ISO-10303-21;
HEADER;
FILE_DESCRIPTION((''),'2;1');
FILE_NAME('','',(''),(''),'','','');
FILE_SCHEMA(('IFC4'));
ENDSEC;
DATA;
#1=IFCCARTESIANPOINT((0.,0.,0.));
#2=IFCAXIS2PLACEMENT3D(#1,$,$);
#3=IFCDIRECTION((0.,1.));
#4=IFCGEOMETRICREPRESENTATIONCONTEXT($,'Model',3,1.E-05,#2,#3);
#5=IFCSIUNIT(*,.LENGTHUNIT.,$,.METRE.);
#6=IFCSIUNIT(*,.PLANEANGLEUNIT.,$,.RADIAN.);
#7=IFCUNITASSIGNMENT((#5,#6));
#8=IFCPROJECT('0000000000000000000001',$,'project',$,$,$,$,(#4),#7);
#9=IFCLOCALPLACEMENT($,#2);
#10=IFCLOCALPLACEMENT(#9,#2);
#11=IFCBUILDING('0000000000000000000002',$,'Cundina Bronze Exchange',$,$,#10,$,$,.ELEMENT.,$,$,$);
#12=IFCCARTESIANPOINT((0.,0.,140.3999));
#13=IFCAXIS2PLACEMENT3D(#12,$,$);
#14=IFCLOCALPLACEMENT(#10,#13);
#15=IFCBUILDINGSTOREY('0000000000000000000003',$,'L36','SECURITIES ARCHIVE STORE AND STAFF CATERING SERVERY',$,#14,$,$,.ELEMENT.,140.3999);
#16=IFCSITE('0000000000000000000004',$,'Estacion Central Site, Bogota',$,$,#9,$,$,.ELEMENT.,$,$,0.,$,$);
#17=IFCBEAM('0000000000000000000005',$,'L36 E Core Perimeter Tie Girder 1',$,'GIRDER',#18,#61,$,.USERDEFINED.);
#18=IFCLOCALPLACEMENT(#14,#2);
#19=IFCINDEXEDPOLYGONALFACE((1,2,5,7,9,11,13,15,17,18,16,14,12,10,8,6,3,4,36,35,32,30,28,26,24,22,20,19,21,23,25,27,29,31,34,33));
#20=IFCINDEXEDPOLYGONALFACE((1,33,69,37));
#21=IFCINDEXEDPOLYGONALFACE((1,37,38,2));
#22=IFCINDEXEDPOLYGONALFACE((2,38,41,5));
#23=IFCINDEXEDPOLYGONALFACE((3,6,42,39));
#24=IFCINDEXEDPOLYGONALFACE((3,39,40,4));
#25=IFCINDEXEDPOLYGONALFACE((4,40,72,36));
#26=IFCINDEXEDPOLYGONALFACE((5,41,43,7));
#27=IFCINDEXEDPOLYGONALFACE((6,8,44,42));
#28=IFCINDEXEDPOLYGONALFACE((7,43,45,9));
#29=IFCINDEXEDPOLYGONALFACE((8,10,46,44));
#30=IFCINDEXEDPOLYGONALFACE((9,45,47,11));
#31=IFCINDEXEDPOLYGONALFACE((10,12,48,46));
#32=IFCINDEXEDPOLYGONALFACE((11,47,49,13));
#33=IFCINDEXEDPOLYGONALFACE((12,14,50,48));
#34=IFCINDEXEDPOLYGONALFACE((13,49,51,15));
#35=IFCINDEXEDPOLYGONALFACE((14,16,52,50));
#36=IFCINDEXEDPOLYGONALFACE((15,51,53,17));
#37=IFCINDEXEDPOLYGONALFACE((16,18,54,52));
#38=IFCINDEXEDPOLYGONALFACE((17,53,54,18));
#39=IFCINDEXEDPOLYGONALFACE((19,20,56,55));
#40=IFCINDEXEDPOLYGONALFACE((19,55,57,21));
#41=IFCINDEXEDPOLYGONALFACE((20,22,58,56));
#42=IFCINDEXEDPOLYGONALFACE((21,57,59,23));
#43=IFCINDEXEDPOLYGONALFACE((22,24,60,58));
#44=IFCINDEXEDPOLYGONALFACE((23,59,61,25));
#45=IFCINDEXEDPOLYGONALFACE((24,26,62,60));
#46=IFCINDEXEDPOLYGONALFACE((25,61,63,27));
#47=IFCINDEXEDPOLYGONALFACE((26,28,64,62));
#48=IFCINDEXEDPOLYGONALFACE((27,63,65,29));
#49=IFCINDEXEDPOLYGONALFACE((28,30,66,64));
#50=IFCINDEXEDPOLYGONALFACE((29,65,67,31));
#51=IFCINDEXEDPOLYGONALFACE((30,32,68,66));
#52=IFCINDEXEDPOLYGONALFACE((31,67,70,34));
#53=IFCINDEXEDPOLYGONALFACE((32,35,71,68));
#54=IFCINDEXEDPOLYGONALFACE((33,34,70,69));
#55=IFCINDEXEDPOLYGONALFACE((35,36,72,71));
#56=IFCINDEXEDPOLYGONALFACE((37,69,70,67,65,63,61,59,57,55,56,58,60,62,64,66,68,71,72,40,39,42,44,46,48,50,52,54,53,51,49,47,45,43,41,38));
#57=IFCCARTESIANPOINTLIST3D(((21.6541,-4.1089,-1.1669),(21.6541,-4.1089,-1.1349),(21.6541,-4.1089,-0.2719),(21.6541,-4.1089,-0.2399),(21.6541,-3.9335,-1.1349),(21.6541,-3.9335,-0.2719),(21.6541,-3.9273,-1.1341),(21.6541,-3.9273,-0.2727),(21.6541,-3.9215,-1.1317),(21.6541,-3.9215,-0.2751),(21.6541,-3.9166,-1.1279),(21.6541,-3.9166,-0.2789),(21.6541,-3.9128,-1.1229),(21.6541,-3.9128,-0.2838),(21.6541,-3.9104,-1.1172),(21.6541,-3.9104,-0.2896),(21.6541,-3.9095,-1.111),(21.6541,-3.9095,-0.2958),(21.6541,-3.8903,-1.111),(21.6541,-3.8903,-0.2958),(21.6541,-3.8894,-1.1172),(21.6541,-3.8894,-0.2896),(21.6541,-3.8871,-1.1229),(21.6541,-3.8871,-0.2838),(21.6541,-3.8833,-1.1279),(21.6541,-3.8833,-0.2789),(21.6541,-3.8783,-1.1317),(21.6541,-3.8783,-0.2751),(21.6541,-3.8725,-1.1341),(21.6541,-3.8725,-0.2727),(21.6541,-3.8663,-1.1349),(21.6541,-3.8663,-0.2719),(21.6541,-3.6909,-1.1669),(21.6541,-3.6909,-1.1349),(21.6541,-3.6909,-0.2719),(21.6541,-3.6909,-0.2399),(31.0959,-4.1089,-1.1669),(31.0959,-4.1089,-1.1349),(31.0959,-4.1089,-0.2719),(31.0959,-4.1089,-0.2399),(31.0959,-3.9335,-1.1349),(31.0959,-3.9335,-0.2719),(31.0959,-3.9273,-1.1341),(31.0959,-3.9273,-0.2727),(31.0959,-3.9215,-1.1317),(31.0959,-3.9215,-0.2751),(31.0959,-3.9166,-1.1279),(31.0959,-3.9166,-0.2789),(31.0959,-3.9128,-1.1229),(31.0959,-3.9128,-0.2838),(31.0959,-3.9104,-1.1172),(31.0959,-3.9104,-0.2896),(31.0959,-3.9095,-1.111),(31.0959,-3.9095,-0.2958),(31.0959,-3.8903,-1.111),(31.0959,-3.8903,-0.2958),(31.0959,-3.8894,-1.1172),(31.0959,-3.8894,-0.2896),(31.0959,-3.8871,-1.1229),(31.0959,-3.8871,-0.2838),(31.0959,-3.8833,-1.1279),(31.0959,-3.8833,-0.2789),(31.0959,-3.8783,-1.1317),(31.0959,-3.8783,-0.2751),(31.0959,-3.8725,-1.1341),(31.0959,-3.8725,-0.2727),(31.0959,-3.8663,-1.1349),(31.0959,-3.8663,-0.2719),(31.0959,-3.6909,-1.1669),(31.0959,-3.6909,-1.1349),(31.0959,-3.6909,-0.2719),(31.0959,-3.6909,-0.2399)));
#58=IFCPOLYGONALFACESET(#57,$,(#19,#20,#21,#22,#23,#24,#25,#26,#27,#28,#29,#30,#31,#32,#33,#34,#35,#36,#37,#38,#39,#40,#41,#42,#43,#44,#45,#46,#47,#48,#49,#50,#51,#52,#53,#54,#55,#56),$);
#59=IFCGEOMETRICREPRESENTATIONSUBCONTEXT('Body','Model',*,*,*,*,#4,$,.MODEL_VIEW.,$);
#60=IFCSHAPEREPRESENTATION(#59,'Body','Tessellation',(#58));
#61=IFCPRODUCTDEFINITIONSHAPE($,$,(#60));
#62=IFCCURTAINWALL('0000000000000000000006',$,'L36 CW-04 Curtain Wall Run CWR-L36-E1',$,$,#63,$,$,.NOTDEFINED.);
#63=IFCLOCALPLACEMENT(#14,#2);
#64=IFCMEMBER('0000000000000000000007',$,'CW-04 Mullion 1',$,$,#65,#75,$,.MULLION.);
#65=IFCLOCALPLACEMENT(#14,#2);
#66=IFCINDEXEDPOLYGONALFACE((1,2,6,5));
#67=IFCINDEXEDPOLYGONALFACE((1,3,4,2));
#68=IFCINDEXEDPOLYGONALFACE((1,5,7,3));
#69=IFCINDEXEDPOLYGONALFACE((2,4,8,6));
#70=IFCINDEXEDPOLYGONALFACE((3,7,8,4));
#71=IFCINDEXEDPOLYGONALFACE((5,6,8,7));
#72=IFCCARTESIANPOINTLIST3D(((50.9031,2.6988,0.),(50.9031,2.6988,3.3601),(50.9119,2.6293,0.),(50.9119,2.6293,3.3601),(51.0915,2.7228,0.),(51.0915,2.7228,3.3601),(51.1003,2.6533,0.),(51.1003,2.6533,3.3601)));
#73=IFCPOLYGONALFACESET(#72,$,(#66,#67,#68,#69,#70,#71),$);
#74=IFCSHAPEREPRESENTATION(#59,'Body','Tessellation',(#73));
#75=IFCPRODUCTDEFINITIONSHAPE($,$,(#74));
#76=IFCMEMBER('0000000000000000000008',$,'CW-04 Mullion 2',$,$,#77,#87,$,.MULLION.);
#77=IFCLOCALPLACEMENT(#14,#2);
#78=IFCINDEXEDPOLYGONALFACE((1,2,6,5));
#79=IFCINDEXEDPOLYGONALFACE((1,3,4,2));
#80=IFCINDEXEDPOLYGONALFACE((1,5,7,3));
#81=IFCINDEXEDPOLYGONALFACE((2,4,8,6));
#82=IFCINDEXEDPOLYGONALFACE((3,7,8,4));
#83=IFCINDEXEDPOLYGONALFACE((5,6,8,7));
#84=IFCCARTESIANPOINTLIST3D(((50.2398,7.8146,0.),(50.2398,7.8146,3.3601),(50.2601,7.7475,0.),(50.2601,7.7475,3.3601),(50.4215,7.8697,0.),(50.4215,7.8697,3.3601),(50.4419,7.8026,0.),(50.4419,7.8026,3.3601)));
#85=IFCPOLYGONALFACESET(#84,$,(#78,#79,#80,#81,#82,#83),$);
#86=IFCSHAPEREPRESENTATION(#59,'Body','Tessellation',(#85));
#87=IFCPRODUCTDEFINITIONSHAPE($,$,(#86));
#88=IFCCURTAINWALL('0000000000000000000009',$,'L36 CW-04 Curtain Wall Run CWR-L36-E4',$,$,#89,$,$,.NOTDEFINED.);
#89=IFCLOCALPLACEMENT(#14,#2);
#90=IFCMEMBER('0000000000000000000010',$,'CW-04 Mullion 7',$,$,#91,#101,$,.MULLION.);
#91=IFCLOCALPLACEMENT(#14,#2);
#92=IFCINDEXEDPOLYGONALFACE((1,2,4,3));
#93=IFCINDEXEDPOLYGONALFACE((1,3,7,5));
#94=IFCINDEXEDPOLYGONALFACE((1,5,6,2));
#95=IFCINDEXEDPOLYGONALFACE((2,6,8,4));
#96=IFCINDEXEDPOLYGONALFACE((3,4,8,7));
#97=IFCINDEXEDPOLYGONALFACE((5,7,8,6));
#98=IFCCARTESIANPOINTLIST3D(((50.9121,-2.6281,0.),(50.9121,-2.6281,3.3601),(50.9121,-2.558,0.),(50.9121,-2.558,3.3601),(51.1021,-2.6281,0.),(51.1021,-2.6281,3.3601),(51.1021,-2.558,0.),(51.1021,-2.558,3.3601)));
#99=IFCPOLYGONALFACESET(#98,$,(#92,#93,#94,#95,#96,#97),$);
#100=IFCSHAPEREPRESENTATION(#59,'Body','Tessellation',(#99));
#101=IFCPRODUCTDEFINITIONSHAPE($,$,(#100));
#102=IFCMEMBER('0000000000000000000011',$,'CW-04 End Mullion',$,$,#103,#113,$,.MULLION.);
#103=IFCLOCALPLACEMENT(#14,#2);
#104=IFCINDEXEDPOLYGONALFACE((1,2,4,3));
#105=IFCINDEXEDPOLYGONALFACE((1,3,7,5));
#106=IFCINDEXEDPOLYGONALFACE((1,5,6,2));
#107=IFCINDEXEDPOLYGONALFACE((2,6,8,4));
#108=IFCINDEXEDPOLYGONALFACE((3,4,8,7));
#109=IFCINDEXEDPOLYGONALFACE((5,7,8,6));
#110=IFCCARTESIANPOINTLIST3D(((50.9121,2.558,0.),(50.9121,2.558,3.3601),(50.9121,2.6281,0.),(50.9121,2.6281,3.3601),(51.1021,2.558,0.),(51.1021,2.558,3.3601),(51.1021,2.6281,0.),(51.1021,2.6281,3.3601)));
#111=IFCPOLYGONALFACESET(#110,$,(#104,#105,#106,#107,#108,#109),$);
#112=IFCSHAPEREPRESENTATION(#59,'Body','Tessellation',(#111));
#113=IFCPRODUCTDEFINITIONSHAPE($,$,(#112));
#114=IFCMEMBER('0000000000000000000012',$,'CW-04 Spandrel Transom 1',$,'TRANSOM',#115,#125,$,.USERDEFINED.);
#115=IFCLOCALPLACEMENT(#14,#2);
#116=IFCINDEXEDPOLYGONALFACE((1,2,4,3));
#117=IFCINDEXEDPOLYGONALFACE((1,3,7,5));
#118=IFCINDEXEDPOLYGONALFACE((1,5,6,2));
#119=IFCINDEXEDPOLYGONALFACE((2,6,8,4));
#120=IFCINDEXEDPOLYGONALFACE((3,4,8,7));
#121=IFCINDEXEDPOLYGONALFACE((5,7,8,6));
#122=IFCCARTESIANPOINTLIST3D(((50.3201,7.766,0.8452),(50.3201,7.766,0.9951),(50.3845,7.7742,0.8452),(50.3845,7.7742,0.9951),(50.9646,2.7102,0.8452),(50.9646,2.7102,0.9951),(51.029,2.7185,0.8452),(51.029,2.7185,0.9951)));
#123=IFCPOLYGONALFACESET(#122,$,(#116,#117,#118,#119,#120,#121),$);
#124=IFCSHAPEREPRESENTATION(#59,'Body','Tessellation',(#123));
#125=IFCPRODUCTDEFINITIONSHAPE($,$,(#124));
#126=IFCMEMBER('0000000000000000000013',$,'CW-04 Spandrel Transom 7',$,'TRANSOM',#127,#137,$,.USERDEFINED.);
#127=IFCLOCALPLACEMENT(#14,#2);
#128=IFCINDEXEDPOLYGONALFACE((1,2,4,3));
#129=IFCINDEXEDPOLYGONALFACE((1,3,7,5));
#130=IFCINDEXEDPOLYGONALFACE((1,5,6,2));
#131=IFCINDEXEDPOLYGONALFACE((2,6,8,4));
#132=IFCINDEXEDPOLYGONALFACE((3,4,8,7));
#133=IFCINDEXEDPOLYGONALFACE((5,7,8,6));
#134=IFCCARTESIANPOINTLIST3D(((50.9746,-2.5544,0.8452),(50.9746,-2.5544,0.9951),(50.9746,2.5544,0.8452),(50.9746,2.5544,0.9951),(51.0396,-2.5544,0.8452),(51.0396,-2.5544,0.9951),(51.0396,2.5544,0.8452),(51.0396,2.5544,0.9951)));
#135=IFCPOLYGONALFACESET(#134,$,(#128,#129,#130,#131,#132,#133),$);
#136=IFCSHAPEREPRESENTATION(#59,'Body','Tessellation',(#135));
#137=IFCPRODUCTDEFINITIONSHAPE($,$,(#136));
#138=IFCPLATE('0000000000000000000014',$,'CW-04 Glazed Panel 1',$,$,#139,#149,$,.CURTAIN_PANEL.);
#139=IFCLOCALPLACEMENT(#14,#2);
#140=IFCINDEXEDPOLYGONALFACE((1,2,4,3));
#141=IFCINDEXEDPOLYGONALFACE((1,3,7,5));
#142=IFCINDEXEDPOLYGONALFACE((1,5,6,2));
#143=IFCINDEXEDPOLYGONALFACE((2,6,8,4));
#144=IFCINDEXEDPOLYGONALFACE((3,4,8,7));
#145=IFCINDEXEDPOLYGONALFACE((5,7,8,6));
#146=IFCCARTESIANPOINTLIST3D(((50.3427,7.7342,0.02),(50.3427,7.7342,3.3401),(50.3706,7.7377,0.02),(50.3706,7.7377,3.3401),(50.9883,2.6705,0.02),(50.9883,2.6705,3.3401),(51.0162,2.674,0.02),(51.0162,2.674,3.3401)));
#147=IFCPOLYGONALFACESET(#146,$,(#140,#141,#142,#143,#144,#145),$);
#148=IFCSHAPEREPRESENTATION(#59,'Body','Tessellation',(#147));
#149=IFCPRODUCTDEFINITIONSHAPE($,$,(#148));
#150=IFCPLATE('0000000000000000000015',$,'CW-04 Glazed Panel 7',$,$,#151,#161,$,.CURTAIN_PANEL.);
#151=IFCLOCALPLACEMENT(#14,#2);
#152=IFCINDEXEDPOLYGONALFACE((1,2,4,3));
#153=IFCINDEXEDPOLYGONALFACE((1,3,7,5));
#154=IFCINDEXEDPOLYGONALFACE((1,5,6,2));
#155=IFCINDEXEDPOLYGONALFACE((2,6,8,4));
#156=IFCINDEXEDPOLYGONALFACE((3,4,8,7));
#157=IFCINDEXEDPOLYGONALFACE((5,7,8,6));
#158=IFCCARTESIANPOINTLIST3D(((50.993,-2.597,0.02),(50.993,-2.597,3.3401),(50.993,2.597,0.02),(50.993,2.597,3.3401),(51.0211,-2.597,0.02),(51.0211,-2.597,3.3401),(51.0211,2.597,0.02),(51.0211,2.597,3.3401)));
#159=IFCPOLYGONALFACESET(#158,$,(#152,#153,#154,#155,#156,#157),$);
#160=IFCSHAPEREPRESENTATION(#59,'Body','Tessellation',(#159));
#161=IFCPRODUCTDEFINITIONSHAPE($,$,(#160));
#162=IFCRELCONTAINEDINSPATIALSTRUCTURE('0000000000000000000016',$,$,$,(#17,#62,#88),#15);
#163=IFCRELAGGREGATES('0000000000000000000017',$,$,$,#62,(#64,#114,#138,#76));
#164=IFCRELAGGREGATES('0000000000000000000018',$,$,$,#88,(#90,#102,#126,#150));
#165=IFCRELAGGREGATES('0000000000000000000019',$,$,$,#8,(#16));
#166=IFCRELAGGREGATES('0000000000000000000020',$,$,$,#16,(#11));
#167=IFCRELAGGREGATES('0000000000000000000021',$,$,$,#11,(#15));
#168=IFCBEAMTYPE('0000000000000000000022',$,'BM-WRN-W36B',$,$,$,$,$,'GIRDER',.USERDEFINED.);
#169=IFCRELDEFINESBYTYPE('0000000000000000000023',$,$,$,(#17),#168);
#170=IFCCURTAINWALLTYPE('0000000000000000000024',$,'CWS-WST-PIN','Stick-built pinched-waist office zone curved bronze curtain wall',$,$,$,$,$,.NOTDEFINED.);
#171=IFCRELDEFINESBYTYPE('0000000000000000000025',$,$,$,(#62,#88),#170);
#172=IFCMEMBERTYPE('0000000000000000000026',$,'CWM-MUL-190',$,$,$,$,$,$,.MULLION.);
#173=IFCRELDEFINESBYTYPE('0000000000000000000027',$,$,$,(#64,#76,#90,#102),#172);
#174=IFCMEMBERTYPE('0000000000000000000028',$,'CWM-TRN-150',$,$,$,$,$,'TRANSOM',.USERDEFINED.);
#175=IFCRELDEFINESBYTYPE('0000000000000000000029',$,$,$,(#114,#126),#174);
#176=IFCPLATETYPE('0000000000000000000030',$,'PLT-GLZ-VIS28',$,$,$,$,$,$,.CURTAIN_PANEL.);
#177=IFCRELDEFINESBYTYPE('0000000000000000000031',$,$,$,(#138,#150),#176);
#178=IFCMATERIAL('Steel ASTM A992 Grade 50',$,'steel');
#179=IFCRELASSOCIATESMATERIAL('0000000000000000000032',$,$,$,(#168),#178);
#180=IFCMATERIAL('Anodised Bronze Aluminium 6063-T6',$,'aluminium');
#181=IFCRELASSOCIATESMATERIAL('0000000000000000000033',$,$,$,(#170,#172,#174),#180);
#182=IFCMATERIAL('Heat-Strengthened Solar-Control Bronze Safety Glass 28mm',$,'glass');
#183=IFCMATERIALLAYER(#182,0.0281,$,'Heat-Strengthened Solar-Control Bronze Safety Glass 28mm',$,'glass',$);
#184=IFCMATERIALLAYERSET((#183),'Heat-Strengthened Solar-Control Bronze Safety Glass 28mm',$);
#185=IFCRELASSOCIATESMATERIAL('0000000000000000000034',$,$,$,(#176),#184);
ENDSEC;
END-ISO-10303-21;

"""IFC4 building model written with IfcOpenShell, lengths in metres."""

from ifc_helpers import new_model, si_unit, direction, frame, origin, origin_2d, place, context, subcontext, project, spatial, rectangle, i_section, extrude, material, layer, layer_set, material_profile, profile_set, type_object, element, aggregate, save


model = new_model("IFC4")

# Units and contexts
model_context = context("Model", 3, precision=1e-05, world=origin(), true_north=direction((0.0, 1.0)))
body_context = subcontext(model_context, "Body", "Model", "MODEL_VIEW")
ifc_project = project(units=[si_unit("LENGTHUNIT", "METRE"), si_unit("PLANEANGLEUNIT", "RADIAN")], contexts=[model_context])

# Site, building, storey
site_placement = place(None, origin())
site = spatial("IfcSite", under=ifc_project, at=site_placement, Name="Estacion Central Site, Bogota", CompositionType="ELEMENT", RefElevation=0.0)
building_placement = place(site_placement, origin())
building = spatial("IfcBuilding", under=site, at=building_placement, Name="Cundina Bronze Exchange", CompositionType="ELEMENT")
storey_placement = place(building_placement, frame((0.0, 0.0, 140.3999)))
storey = spatial("IfcBuildingStorey", under=building, at=storey_placement, Name="L36", Description="SECURITIES ARCHIVE STORE AND STAFF CATERING SERVERY", CompositionType="ELEMENT", Elevation=140.3999)

# Shared definitions
ifc_material_1 = material(Name="Steel ASTM A992 Grade 50", Category="steel")

# Beam
ifc_material_profile_1 = material_profile(ifc_material_1, i_section(OverallWidth=0.418, OverallDepth=0.927, WebThickness=0.0193, FlangeThickness=0.032, FilletRadius=0.0239, at=origin_2d()), Name="W36X231", Category="steel")
ifc_profile_set_1 = profile_set([ifc_material_profile_1], Name="Steel ASTM A992 Grade 50")
beam_type_1 = type_object("IfcBeamType", Name="BM-WRN-W36B", ElementType="GIRDER", PredefinedType="USERDEFINED", material=ifc_profile_set_1)
beam_1_placement = place(storey_placement, frame((31.0959, -3.8999, -0.7034), z_axis=(-1.0, 0.0, 0.0), x_axis=(0.0, -1.0, 0.0)))
element("IfcBeam", 1, at=beam_1_placement, inside=storey, type_object=beam_type_1, Name="L36 E Core Perimeter Tie Girder 1", ObjectType="GIRDER", PredefinedType="USERDEFINED", context=body_context, shape_type="SweptSolid", body=[
    extrude(i_section(OverallWidth=0.418, OverallDepth=0.927, WebThickness=0.0193, FlangeThickness=0.032, FilletRadius=0.0239, at=origin_2d()), origin(), (0.0, 0.0, 1.0), 9.4419),
])

# Curtain walls, members
ifc_material_2 = material(Name="Anodised Bronze Aluminium 6063-T6", Category="aluminium")
curtain_wall_type = type_object("IfcCurtainWallType", Name="CWS-WST-PIN", Description="Stick-built pinched-waist office zone curved bronze curtain wall", PredefinedType="NOTDEFINED", material=ifc_material_2)
curtain_wall_1_placement = place(storey_placement, origin())
curtain_wall_1 = element("IfcCurtainWall", 2, at=curtain_wall_1_placement, inside=storey, type_object=curtain_wall_type, Name="L36 CW-04 Curtain Wall Run CWR-L36-E1", PredefinedType="NOTDEFINED")
ifc_material_profile_2 = material_profile(ifc_material_2, rectangle(XDim=0.0701, YDim=0.1899, at=origin_2d()), Name="AL70X190", Category="aluminium")
ifc_profile_set_2 = profile_set([ifc_material_profile_2], Name="Anodised Bronze Aluminium 6063-T6")
member_type_1 = type_object("IfcMemberType", Name="CWM-MUL-190", PredefinedType="MULLION", material=ifc_profile_set_2)
member_1_placement = place(storey_placement, frame((51.0017, 2.676, 0.0), z_axis=(0.0, 0.0, 1.0), x_axis=(-0.126545, 0.991961, 0.0)))
member_1 = element("IfcMember", 3, at=member_1_placement, type_object=member_type_1, Name="CW-04 Mullion 1", PredefinedType="MULLION", context=body_context, shape_type="SweptSolid", body=[
    extrude(rectangle(XDim=0.0701, YDim=0.1899, at=origin_2d()), origin(), (0.0, 0.0, 1.0), 3.3601),
])
member_2_placement = place(storey_placement, frame((50.3408, 7.8086, 0.0), z_axis=(0.0, 0.0, 1.0), x_axis=(-0.290034, 0.957016, 0.0)))
member_2 = element("IfcMember", 4, at=member_2_placement, type_object=member_type_1, Name="CW-04 Mullion 2", PredefinedType="MULLION", context=body_context, shape_type="SweptSolid", body=[
    extrude(rectangle(XDim=0.0701, YDim=0.1899, at=origin_2d()), origin(), (0.0, 0.0, 1.0), 3.3601),
])
curtain_wall_2_placement = place(storey_placement, origin())
curtain_wall_2 = element("IfcCurtainWall", 5, at=curtain_wall_2_placement, inside=storey, type_object=curtain_wall_type, Name="L36 CW-04 Curtain Wall Run CWR-L36-E4", PredefinedType="NOTDEFINED")
member_3_placement = place(storey_placement, frame((51.0071, -2.593, 0.0), z_axis=(0.0, 0.0, 1.0), x_axis=(0.0, 1.0, 0.0)))
member_3 = element("IfcMember", 6, at=member_3_placement, type_object=member_type_1, Name="CW-04 Mullion 7", PredefinedType="MULLION", context=body_context, shape_type="SweptSolid", body=[
    extrude(rectangle(XDim=0.0701, YDim=0.1899, at=origin_2d()), origin(), (0.0, 0.0, 1.0), 3.3601),
])
member_4_placement = place(storey_placement, frame((51.0071, 2.593, 0.0), z_axis=(0.0, 0.0, 1.0), x_axis=(0.0, 1.0, 0.0)))
member_4 = element("IfcMember", 7, at=member_4_placement, type_object=member_type_1, Name="CW-04 End Mullion", PredefinedType="MULLION", context=body_context, shape_type="SweptSolid", body=[
    extrude(rectangle(XDim=0.0701, YDim=0.1899, at=origin_2d()), origin(), (0.0, 0.0, 1.0), 3.3601),
])

# Members
ifc_material_profile_3 = material_profile(ifc_material_2, rectangle(XDim=0.0649, YDim=0.1499, at=origin_2d()), Name="AL65X150", Category="aluminium")
ifc_profile_set_3 = profile_set([ifc_material_profile_3], Name="Anodised Bronze Aluminium 6063-T6")
member_type_2 = type_object("IfcMemberType", Name="CWM-TRN-150", ElementType="TRANSOM", PredefinedType="USERDEFINED", material=ifc_profile_set_3)
member_5_placement = place(storey_placement, frame((50.9968, 2.7144, 0.9202), z_axis=(-0.126463, 0.991971, 0.0), x_axis=(-0.991971, -0.126463, 0.0)))
member_5 = element("IfcMember", 8, at=member_5_placement, type_object=member_type_2, Name="CW-04 Spandrel Transom 1", ObjectType="TRANSOM", PredefinedType="USERDEFINED", context=body_context, shape_type="SweptSolid", body=[
    extrude(rectangle(XDim=0.0649, YDim=0.1499, at=origin_2d()), origin(), (0.0, 0.0, 1.0), 5.0967),
])
member_6_placement = place(storey_placement, frame((51.0071, -2.5544, 0.9202), z_axis=(0.0, 1.0, 0.0), x_axis=(-1.0, 0.0, 0.0)))
member_6 = element("IfcMember", 9, at=member_6_placement, type_object=member_type_2, Name="CW-04 Spandrel Transom 7", ObjectType="TRANSOM", PredefinedType="USERDEFINED", context=body_context, shape_type="SweptSolid", body=[
    extrude(rectangle(XDim=0.0649, YDim=0.1499, at=origin_2d()), origin(), (0.0, 0.0, 1.0), 5.1089),
])

# Plates
ifc_material_3 = material(Name="Heat-Strengthened Solar-Control Bronze Safety Glass 28mm", Category="glass")
ifc_layer_1 = layer(ifc_material_3, 0.0281, Name="Heat-Strengthened Solar-Control Bronze Safety Glass 28mm", Category="glass")
ifc_layer_set_1 = layer_set([ifc_layer_1], Name="Heat-Strengthened Solar-Control Bronze Safety Glass 28mm")
plate_type = type_object("IfcPlateType", Name="PLT-GLZ-VIS28", PredefinedType="CURTAIN_PANEL", material=ifc_layer_set_1)
plate_1_placement = place(storey_placement, frame((50.6794, 5.2041, 0.02), z_axis=(0.0, 0.0, 1.0), x_axis=(-0.126476, 0.99197, 0.0)))
plate_1 = element("IfcPlate", 10, at=plate_1_placement, type_object=plate_type, Name="CW-04 Glazed Panel 1", PredefinedType="CURTAIN_PANEL", context=body_context, shape_type="SweptSolid", body=[
    extrude(rectangle(XDim=5.1047, YDim=0.0281, at=origin_2d()), origin(), (0.0, 0.0, 1.0), 3.3201),
])
aggregate(curtain_wall_1, [member_1, member_5, plate_1, member_2])
plate_2_placement = place(storey_placement, frame((51.0071, 0.0, 0.02), z_axis=(0.0, 0.0, 1.0), x_axis=(0.0, 1.0, 0.0)))
plate_2 = element("IfcPlate", 11, at=plate_2_placement, type_object=plate_type, Name="CW-04 Glazed Panel 7", PredefinedType="CURTAIN_PANEL", context=body_context, shape_type="SweptSolid", body=[
    extrude(rectangle(XDim=5.1941, YDim=0.0281, at=origin_2d()), origin(), (0.0, 0.0, 1.0), 3.3201),
])
aggregate(curtain_wall_2, [member_3, member_4, member_6, plate_2])

save(model, "model.ifc")
